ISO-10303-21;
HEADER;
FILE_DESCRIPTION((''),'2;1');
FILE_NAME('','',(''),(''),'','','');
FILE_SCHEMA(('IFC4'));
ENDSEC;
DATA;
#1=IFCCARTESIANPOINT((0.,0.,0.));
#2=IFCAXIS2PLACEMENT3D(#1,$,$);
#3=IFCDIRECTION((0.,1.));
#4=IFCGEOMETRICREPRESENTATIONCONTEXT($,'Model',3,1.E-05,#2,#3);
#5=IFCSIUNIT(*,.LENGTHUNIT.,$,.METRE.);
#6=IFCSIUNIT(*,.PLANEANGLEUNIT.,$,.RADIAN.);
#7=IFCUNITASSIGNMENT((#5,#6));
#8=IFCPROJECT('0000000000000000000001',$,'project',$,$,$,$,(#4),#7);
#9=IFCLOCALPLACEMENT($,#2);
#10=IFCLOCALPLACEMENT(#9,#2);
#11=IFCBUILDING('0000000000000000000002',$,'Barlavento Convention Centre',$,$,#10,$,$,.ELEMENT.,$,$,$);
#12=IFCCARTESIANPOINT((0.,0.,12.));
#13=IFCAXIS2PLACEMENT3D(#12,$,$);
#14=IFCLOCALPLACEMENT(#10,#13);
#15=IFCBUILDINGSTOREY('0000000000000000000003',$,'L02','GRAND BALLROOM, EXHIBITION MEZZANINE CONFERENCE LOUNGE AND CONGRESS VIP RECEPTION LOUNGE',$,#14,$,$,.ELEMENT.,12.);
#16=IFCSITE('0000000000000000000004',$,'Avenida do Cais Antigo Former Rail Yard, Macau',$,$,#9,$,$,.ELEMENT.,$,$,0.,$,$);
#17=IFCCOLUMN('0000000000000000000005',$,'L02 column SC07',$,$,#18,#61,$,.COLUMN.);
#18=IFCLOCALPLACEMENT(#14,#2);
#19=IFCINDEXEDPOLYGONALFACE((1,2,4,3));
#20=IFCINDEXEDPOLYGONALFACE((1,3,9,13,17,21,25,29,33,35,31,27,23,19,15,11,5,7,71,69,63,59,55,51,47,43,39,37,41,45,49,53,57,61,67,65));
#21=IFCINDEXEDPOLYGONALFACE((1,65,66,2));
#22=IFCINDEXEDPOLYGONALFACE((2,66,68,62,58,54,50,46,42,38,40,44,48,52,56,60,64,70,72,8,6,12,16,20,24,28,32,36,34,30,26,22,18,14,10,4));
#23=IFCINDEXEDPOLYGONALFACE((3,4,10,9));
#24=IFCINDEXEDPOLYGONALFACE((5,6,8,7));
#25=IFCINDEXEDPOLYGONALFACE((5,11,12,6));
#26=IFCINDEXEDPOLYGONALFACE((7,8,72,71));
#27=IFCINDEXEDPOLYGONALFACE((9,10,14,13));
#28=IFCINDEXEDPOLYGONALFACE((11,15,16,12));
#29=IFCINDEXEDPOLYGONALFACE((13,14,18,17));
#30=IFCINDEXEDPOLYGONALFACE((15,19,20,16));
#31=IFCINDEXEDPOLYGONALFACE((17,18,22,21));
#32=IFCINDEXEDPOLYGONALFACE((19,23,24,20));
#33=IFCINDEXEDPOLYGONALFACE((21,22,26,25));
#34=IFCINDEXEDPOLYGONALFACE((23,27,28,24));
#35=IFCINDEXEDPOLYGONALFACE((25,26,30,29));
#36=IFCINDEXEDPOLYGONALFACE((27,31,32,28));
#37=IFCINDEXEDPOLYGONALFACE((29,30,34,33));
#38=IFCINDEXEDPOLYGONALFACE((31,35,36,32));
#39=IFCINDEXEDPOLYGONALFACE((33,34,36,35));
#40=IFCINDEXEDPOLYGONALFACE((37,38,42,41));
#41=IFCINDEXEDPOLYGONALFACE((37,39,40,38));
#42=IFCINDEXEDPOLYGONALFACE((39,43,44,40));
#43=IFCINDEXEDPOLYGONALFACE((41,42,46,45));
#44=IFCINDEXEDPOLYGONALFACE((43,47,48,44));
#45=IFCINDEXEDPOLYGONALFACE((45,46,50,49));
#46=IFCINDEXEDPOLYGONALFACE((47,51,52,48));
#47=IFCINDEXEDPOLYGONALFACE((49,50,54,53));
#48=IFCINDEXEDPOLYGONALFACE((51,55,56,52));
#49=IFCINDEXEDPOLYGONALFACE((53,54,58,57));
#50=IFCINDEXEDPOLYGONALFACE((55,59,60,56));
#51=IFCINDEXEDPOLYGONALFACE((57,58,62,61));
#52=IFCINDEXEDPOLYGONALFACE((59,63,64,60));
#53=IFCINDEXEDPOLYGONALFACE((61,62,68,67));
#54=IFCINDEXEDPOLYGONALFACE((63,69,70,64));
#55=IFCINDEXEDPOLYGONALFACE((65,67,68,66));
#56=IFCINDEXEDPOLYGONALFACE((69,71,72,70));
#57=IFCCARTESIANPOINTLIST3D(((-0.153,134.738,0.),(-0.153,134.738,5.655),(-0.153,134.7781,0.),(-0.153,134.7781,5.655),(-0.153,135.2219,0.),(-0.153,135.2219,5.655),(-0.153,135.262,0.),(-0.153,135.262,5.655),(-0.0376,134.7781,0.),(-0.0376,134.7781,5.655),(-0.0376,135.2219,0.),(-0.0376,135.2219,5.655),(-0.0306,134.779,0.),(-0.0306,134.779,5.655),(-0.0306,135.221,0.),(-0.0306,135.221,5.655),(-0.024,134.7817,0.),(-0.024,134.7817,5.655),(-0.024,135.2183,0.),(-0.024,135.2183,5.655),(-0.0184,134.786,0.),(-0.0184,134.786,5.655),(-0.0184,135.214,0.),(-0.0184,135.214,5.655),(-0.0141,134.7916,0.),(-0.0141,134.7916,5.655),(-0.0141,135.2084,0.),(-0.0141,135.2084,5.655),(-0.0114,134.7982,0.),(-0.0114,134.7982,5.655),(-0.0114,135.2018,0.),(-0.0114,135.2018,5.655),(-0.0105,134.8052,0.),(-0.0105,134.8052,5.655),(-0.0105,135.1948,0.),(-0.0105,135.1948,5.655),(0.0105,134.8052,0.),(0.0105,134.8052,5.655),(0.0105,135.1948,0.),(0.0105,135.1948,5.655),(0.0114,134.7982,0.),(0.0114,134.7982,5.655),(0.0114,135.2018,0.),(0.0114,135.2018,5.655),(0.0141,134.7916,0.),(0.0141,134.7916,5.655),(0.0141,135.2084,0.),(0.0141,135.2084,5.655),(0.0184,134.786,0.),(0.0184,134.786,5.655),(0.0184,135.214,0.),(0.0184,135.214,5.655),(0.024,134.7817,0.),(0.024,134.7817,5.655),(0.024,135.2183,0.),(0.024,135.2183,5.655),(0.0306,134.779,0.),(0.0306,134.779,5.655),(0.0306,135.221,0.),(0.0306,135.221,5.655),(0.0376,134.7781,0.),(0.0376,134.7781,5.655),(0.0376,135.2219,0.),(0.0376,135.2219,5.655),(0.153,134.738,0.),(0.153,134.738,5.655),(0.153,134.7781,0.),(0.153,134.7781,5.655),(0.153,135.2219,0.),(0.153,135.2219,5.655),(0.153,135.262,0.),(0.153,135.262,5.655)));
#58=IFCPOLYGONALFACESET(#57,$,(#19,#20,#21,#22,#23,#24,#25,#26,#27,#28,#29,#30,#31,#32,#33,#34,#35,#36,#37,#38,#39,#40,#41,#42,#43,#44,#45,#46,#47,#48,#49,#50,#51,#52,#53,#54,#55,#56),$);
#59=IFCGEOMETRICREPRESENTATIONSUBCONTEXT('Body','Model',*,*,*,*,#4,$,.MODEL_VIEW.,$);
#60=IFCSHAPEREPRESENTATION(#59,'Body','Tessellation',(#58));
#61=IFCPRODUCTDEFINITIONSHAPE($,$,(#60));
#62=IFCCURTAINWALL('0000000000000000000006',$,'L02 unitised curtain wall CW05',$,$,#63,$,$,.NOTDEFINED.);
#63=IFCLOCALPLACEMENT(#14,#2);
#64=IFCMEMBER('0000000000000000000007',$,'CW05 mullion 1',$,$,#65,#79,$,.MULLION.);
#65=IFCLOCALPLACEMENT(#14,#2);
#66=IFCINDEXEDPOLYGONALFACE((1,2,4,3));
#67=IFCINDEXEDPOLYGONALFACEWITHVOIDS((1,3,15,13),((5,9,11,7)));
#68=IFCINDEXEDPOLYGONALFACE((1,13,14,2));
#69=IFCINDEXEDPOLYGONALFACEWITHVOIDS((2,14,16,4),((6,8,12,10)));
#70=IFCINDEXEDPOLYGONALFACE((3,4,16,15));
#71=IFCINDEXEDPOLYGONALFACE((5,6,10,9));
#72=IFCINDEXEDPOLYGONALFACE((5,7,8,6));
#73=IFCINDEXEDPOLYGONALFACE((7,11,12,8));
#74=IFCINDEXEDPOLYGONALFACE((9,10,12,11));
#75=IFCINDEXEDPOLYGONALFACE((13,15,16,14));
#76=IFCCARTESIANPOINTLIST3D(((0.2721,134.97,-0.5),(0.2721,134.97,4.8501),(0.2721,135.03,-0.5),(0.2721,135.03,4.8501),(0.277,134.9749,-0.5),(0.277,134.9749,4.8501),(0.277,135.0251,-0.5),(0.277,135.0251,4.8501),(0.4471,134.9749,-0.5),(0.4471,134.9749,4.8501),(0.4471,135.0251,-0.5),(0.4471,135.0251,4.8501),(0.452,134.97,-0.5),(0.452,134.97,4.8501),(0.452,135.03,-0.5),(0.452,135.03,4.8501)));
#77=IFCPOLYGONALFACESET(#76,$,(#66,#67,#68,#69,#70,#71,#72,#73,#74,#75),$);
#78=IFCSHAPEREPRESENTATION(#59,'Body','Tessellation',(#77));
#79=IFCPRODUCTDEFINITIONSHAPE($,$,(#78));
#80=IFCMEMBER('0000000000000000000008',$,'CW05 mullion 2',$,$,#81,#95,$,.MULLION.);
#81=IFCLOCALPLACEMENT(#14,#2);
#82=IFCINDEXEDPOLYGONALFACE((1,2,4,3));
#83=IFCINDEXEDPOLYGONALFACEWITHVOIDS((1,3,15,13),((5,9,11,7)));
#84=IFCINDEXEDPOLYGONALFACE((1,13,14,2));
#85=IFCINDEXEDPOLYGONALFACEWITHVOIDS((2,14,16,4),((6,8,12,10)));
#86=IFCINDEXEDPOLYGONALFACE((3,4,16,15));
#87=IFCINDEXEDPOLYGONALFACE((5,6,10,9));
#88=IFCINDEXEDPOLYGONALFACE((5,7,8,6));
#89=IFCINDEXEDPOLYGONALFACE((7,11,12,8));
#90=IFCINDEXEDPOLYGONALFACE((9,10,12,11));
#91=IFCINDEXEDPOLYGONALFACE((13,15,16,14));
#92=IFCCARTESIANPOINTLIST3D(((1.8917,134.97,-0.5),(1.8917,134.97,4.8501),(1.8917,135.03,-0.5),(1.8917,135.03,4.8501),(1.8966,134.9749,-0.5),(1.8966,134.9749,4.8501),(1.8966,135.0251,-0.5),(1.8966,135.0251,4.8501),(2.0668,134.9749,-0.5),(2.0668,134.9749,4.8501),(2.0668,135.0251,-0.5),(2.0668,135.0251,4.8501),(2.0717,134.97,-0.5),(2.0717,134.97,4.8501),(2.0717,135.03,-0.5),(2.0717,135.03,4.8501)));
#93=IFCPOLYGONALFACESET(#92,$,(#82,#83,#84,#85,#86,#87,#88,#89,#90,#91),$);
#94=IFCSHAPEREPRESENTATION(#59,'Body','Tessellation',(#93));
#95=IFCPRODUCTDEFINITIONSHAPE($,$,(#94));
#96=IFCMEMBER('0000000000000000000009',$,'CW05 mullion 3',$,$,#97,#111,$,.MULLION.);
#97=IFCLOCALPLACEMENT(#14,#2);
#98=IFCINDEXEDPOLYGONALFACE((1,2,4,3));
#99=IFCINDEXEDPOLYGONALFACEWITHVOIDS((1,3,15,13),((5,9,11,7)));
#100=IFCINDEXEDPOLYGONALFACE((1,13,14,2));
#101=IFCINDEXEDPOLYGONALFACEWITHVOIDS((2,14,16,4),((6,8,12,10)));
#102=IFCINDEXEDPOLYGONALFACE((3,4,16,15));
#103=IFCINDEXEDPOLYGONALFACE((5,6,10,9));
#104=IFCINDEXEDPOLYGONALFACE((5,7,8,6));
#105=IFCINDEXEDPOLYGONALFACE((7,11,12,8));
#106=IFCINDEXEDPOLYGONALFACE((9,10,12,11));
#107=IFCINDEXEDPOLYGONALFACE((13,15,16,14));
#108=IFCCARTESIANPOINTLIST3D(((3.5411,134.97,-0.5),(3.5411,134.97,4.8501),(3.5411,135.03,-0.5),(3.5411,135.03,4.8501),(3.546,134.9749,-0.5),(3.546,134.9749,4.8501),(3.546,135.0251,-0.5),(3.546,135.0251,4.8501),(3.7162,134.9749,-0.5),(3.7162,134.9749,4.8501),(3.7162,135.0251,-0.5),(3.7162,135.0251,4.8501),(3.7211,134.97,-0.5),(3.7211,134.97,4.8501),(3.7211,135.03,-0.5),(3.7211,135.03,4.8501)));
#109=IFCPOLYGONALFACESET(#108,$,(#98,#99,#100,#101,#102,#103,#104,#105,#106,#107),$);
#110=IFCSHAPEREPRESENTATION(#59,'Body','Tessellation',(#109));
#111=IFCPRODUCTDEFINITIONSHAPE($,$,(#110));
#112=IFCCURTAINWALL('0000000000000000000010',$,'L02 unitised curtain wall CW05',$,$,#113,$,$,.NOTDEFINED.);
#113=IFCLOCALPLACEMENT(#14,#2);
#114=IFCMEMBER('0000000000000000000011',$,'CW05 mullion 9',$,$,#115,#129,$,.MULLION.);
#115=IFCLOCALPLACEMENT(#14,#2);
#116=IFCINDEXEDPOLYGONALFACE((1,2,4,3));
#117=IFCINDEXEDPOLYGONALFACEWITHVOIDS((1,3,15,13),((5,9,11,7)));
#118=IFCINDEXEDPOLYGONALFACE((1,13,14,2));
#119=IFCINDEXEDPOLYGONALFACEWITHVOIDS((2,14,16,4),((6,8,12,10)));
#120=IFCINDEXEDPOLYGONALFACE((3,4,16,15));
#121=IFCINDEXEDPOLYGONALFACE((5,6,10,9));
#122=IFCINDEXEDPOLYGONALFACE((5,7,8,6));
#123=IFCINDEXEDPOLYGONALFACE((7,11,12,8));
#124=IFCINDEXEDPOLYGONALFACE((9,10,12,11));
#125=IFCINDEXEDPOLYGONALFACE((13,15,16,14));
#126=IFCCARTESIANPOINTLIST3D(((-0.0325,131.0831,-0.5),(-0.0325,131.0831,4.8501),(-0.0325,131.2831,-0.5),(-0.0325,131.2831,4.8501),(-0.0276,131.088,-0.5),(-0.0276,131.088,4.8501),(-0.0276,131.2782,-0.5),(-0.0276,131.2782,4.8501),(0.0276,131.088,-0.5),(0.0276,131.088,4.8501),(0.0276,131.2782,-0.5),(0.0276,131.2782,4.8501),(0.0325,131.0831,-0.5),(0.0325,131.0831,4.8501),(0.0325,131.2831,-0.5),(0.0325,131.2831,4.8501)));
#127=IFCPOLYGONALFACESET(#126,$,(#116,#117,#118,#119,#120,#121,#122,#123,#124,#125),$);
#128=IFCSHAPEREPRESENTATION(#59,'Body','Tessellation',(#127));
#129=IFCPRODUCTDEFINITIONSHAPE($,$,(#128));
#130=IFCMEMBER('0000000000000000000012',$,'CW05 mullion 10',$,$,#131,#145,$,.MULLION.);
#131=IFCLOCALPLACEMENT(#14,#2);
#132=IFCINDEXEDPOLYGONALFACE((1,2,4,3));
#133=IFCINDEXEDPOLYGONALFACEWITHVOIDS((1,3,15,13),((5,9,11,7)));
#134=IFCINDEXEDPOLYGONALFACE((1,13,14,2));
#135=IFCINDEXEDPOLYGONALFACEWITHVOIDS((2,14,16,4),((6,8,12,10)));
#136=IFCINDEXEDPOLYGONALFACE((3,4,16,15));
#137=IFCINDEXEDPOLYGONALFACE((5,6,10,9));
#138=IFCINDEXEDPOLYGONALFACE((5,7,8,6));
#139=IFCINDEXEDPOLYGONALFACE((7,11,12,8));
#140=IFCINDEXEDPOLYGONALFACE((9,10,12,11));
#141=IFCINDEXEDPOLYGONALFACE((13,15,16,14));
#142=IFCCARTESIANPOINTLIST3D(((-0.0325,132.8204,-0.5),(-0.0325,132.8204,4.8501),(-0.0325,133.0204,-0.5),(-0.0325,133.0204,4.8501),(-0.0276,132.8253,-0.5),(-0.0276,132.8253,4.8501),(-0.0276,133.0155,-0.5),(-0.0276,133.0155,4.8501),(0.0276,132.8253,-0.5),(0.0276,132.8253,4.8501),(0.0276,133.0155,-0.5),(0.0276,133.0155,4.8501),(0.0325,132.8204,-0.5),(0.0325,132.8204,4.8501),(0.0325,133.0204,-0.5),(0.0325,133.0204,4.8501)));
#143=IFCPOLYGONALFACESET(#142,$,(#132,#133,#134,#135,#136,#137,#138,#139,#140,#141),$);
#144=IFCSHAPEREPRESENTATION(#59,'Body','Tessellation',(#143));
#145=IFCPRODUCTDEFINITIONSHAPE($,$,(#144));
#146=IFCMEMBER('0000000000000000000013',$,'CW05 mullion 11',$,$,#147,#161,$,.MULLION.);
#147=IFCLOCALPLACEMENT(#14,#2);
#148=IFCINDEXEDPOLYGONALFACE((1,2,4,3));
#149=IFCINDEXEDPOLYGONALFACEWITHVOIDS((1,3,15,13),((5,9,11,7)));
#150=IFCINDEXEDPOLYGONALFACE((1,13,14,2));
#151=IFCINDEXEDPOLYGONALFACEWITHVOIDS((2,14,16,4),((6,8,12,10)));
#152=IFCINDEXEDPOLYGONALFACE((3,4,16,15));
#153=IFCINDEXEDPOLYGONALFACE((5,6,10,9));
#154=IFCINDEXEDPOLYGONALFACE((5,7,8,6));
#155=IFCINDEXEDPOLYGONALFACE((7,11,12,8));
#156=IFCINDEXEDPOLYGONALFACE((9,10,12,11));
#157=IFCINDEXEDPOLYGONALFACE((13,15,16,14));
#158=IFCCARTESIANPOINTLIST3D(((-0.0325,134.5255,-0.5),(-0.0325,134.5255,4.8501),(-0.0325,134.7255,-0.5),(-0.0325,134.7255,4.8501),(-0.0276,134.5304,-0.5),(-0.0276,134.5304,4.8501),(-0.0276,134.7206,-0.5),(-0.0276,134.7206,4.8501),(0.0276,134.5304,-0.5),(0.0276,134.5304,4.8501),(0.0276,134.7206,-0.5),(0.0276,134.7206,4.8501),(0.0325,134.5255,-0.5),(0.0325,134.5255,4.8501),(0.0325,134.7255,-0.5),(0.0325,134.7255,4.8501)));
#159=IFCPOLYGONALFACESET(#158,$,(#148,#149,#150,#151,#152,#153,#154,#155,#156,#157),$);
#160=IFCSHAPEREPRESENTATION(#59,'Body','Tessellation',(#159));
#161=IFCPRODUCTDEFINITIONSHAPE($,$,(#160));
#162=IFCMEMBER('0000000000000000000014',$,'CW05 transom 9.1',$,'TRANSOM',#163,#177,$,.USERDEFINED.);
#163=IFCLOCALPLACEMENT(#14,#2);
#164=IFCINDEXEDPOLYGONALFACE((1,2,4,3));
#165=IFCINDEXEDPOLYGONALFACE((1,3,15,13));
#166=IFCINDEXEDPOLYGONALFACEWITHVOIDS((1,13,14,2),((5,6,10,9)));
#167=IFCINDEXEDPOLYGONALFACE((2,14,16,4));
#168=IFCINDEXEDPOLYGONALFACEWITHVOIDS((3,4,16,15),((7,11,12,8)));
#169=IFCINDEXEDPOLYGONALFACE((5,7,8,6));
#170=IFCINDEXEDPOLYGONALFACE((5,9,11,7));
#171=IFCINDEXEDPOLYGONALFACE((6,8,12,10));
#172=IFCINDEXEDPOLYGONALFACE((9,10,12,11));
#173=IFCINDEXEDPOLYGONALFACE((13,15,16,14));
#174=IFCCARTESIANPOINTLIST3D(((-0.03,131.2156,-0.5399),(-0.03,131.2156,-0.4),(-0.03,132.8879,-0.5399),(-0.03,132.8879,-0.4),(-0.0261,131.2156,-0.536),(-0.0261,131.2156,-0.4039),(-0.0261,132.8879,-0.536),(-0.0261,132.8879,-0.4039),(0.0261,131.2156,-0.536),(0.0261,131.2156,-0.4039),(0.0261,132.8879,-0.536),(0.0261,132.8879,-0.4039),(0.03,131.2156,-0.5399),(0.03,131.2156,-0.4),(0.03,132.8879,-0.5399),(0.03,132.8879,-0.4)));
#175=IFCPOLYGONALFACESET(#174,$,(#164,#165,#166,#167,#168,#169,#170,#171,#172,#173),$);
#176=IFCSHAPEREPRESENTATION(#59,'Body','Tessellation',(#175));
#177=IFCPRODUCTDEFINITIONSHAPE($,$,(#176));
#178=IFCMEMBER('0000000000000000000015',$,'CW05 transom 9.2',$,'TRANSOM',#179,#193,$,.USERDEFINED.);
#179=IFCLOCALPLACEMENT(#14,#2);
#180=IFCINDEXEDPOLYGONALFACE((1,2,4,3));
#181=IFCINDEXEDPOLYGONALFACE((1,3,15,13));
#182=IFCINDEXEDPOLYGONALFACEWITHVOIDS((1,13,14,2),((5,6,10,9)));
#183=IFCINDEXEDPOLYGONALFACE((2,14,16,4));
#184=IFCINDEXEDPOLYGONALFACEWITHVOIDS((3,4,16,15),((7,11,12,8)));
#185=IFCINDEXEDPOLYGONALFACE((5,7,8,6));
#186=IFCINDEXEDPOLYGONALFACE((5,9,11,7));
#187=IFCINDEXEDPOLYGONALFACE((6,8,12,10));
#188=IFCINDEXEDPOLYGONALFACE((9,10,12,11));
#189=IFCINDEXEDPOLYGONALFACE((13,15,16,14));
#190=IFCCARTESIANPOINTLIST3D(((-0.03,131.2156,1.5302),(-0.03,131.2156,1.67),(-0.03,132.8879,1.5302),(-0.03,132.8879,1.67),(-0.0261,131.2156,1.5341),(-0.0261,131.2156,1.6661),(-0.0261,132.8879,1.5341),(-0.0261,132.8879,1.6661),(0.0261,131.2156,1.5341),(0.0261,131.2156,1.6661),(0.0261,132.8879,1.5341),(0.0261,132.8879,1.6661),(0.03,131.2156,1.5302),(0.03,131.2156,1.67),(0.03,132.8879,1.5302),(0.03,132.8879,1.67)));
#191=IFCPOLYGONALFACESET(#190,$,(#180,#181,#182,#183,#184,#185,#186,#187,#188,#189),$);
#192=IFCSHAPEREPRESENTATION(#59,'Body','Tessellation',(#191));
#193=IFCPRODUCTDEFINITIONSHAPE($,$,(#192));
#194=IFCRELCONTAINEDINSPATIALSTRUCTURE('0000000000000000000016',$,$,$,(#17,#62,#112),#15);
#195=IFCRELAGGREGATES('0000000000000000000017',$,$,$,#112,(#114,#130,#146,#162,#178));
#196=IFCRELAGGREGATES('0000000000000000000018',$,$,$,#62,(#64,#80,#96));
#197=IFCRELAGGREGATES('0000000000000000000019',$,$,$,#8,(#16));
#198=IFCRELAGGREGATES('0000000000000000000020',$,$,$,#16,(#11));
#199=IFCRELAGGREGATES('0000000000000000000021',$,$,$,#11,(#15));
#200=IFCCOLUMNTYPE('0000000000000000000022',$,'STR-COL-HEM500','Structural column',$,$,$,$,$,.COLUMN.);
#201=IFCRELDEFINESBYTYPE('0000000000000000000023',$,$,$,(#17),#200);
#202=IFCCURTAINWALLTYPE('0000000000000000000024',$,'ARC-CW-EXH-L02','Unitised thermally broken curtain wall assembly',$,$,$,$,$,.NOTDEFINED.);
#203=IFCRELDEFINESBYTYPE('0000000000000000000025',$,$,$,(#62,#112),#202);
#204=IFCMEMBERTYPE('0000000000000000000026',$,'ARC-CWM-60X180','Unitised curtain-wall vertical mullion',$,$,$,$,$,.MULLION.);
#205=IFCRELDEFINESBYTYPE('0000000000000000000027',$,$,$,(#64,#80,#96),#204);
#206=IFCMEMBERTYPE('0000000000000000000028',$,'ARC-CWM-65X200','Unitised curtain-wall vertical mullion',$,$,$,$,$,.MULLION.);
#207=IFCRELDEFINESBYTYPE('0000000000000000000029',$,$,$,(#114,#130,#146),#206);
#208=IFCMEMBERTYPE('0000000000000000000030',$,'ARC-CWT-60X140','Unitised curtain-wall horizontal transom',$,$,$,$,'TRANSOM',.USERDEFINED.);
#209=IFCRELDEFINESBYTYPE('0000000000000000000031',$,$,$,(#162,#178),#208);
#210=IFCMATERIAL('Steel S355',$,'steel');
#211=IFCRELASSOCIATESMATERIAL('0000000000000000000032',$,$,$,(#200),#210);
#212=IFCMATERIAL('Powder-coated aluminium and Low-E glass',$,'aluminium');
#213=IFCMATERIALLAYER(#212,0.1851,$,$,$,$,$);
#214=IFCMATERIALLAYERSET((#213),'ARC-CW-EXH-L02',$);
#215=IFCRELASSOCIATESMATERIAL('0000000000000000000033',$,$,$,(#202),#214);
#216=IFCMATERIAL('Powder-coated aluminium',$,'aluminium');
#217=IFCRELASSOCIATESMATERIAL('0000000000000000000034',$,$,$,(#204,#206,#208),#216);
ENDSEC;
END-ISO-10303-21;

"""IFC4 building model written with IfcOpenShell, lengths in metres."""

from ifc_helpers import new_model, si_unit, direction, frame, origin, origin_2d, place, context, subcontext, project, spatial, hollow_rectangle, i_section, extrude, material, layer, layer_set, material_profile, profile_set, type_object, element, aggregate, save


model = new_model("IFC4")

# Units and contexts
model_context = context("Model", 3, precision=1e-05, world=origin(), true_north=direction((0.0, 1.0)))
body_context = subcontext(model_context, "Body", "Model", "MODEL_VIEW")
ifc_project = project(units=[si_unit("LENGTHUNIT", "METRE"), si_unit("PLANEANGLEUNIT", "RADIAN")], contexts=[model_context])

# Site, building, storey
site_placement = place(None, origin())
site = spatial("IfcSite", under=ifc_project, at=site_placement, Name="Avenida do Cais Antigo Former Rail Yard, Macau", CompositionType="ELEMENT", RefElevation=0.0)
building_placement = place(site_placement, origin())
building = spatial("IfcBuilding", under=site, at=building_placement, Name="Barlavento Convention Centre", CompositionType="ELEMENT")
storey_placement = place(building_placement, frame((0.0, 0.0, 12.0)))
storey = spatial("IfcBuildingStorey", under=building, at=storey_placement, Name="L02", Description="GRAND BALLROOM, EXHIBITION MEZZANINE CONFERENCE LOUNGE AND CONGRESS VIP RECEPTION LOUNGE", CompositionType="ELEMENT", Elevation=12.0)

# Column
ifc_material_1 = material(Name="Steel S355", Category="steel")
ifc_material_profile_1 = material_profile(ifc_material_1, i_section(OverallWidth=0.3059, OverallDepth=0.5239, WebThickness=0.021, FlangeThickness=0.04, FilletRadius=0.0271, at=origin_2d()), Name="HEM 500")
ifc_profile_set_1 = profile_set([ifc_material_profile_1], Name="Steel S355")
column_type = type_object("IfcColumnType", Name="STR-COL-HEM500", Description="Structural column", PredefinedType="COLUMN", material=ifc_profile_set_1)
column_placement = place(storey_placement, frame((0.0, 135.0, 0.0), z_axis=(0.0, 0.0, 1.0), x_axis=(1.0, 0.0, 0.0)))
element("IfcColumn", 1, at=column_placement, inside=storey, type_object=column_type, Name="L02 column SC07", PredefinedType="COLUMN", context=body_context, shape_type="SweptSolid", body=[
    extrude(i_section(OverallWidth=0.3059, OverallDepth=0.5239, WebThickness=0.021, FlangeThickness=0.04, FilletRadius=0.0271, at=origin_2d()), origin(), (0.0, 0.0, 1.0), 5.655),
])

# Curtain walls, members
ifc_material_2 = material(Name="Powder-coated aluminium and Low-E glass", Category="aluminium")
ifc_layer_1 = layer(ifc_material_2, 0.1851)
ifc_layer_set_1 = layer_set([ifc_layer_1], Name="ARC-CW-EXH-L02")
curtain_wall_type = type_object("IfcCurtainWallType", Name="ARC-CW-EXH-L02", Description="Unitised thermally broken curtain wall assembly", PredefinedType="NOTDEFINED", material=ifc_layer_set_1)
curtain_wall_1_placement = place(storey_placement, origin())
curtain_wall_1 = element("IfcCurtainWall", 2, at=curtain_wall_1_placement, inside=storey, type_object=curtain_wall_type, Name="L02 unitised curtain wall CW05", PredefinedType="NOTDEFINED")
ifc_material_3 = material(Name="Powder-coated aluminium", Category="aluminium")
ifc_material_profile_2 = material_profile(ifc_material_3, hollow_rectangle(XDim=0.0601, YDim=0.1799, WallThickness=0.0049, at=origin_2d()), Name="AL-MULL 60x180x5")
ifc_profile_set_2 = profile_set([ifc_material_profile_2], Name="Powder-coated aluminium")
member_type_1 = type_object("IfcMemberType", Name="ARC-CWM-60X180", Description="Unitised curtain-wall vertical mullion", PredefinedType="MULLION", material=ifc_profile_set_2)
member_1_placement = place(storey_placement, frame((0.3621, 135.0, -0.5), z_axis=(0.0, 0.0, 1.0), x_axis=(0.0, 1.0, 0.0)))
member_1 = element("IfcMember", 3, at=member_1_placement, type_object=member_type_1, Name="CW05 mullion 1", PredefinedType="MULLION", context=body_context, shape_type="SweptSolid", body=[
    extrude(hollow_rectangle(XDim=0.0601, YDim=0.1799, WallThickness=0.0049, at=origin_2d()), origin(), (0.0, 0.0, 1.0), 5.3501),
])
member_2_placement = place(storey_placement, frame((1.9817, 135.0, -0.5), z_axis=(0.0, 0.0, 1.0), x_axis=(0.0, 1.0, 0.0)))
member_2 = element("IfcMember", 4, at=member_2_placement, type_object=member_type_1, Name="CW05 mullion 2", PredefinedType="MULLION", context=body_context, shape_type="SweptSolid", body=[
    extrude(hollow_rectangle(XDim=0.0601, YDim=0.1799, WallThickness=0.0049, at=origin_2d()), origin(), (0.0, 0.0, 1.0), 5.3501),
])
member_3_placement = place(storey_placement, frame((3.6311, 135.0, -0.5), z_axis=(0.0, 0.0, 1.0), x_axis=(0.0, 1.0, 0.0)))
member_3 = element("IfcMember", 5, at=member_3_placement, type_object=member_type_1, Name="CW05 mullion 3", PredefinedType="MULLION", context=body_context, shape_type="SweptSolid", body=[
    extrude(hollow_rectangle(XDim=0.0601, YDim=0.1799, WallThickness=0.0049, at=origin_2d()), origin(), (0.0, 0.0, 1.0), 5.3501),
])
curtain_wall_2_placement = place(storey_placement, origin())
curtain_wall_2 = element("IfcCurtainWall", 6, at=curtain_wall_2_placement, inside=storey, type_object=curtain_wall_type, Name="L02 unitised curtain wall CW05", PredefinedType="NOTDEFINED")
ifc_material_profile_3 = material_profile(ifc_material_3, hollow_rectangle(XDim=0.0649, YDim=0.2, WallThickness=0.0049, at=origin_2d()), Name="AL-MULL 65x200x5")
ifc_profile_set_3 = profile_set([ifc_material_profile_3], Name="Powder-coated aluminium")
member_type_2 = type_object("IfcMemberType", Name="ARC-CWM-65X200", Description="Unitised curtain-wall vertical mullion", PredefinedType="MULLION", material=ifc_profile_set_3)
member_4_placement = place(storey_placement, frame((0.0, 131.1831, -0.5), z_axis=(0.0, 0.0, 1.0), x_axis=(-1.0, 0.0, 0.0)))
member_4 = element("IfcMember", 7, at=member_4_placement, type_object=member_type_2, Name="CW05 mullion 9", PredefinedType="MULLION", context=body_context, shape_type="SweptSolid", body=[
    extrude(hollow_rectangle(XDim=0.0649, YDim=0.2, WallThickness=0.0049, at=origin_2d()), origin(), (0.0, 0.0, 1.0), 5.3501),
])
member_5_placement = place(storey_placement, frame((0.0, 132.9204, -0.5), z_axis=(0.0, 0.0, 1.0), x_axis=(-1.0, 0.0, 0.0)))
member_5 = element("IfcMember", 8, at=member_5_placement, type_object=member_type_2, Name="CW05 mullion 10", PredefinedType="MULLION", context=body_context, shape_type="SweptSolid", body=[
    extrude(hollow_rectangle(XDim=0.0649, YDim=0.2, WallThickness=0.0049, at=origin_2d()), origin(), (0.0, 0.0, 1.0), 5.3501),
])
member_6_placement = place(storey_placement, frame((0.0, 134.6255, -0.5), z_axis=(0.0, 0.0, 1.0), x_axis=(-1.0, 0.0, 0.0)))
member_6 = element("IfcMember", 9, at=member_6_placement, type_object=member_type_2, Name="CW05 mullion 11", PredefinedType="MULLION", context=body_context, shape_type="SweptSolid", body=[
    extrude(hollow_rectangle(XDim=0.0649, YDim=0.2, WallThickness=0.0049, at=origin_2d()), origin(), (0.0, 0.0, 1.0), 5.3501),
])
ifc_material_profile_4 = material_profile(ifc_material_3, hollow_rectangle(XDim=0.0601, YDim=0.1399, WallThickness=0.0039, at=origin_2d()), Name="AL-TRAN 60x140x4")
ifc_profile_set_4 = profile_set([ifc_material_profile_4], Name="Powder-coated aluminium")
member_type_3 = type_object("IfcMemberType", Name="ARC-CWT-60X140", Description="Unitised curtain-wall horizontal transom", ElementType="TRANSOM", PredefinedType="USERDEFINED", material=ifc_profile_set_4)
member_7_placement = place(storey_placement, frame((0.0, 131.2156, -0.47), z_axis=(0.0, 1.0, 0.0), x_axis=(-1.0, 0.0, 0.0)))
member_7 = element("IfcMember", 10, at=member_7_placement, type_object=member_type_3, Name="CW05 transom 9.1", ObjectType="TRANSOM", PredefinedType="USERDEFINED", context=body_context, shape_type="SweptSolid", body=[
    extrude(hollow_rectangle(XDim=0.0601, YDim=0.1399, WallThickness=0.0039, at=origin_2d()), origin(), (0.0, 0.0, 1.0), 1.6724),
])
member_8_placement = place(storey_placement, frame((0.0, 131.2156, 1.6001), z_axis=(0.0, 1.0, 0.0), x_axis=(-1.0, 0.0, 0.0)))
member_8 = element("IfcMember", 11, at=member_8_placement, type_object=member_type_3, Name="CW05 transom 9.2", ObjectType="TRANSOM", PredefinedType="USERDEFINED", context=body_context, shape_type="SweptSolid", body=[
    extrude(hollow_rectangle(XDim=0.0601, YDim=0.1399, WallThickness=0.0039, at=origin_2d()), origin(), (0.0, 0.0, 1.0), 1.6724),
])

aggregate(curtain_wall_2, [member_4, member_5, member_6, member_7, member_8])
aggregate(curtain_wall_1, [member_1, member_2, member_3])

save(model, "model.ifc")
